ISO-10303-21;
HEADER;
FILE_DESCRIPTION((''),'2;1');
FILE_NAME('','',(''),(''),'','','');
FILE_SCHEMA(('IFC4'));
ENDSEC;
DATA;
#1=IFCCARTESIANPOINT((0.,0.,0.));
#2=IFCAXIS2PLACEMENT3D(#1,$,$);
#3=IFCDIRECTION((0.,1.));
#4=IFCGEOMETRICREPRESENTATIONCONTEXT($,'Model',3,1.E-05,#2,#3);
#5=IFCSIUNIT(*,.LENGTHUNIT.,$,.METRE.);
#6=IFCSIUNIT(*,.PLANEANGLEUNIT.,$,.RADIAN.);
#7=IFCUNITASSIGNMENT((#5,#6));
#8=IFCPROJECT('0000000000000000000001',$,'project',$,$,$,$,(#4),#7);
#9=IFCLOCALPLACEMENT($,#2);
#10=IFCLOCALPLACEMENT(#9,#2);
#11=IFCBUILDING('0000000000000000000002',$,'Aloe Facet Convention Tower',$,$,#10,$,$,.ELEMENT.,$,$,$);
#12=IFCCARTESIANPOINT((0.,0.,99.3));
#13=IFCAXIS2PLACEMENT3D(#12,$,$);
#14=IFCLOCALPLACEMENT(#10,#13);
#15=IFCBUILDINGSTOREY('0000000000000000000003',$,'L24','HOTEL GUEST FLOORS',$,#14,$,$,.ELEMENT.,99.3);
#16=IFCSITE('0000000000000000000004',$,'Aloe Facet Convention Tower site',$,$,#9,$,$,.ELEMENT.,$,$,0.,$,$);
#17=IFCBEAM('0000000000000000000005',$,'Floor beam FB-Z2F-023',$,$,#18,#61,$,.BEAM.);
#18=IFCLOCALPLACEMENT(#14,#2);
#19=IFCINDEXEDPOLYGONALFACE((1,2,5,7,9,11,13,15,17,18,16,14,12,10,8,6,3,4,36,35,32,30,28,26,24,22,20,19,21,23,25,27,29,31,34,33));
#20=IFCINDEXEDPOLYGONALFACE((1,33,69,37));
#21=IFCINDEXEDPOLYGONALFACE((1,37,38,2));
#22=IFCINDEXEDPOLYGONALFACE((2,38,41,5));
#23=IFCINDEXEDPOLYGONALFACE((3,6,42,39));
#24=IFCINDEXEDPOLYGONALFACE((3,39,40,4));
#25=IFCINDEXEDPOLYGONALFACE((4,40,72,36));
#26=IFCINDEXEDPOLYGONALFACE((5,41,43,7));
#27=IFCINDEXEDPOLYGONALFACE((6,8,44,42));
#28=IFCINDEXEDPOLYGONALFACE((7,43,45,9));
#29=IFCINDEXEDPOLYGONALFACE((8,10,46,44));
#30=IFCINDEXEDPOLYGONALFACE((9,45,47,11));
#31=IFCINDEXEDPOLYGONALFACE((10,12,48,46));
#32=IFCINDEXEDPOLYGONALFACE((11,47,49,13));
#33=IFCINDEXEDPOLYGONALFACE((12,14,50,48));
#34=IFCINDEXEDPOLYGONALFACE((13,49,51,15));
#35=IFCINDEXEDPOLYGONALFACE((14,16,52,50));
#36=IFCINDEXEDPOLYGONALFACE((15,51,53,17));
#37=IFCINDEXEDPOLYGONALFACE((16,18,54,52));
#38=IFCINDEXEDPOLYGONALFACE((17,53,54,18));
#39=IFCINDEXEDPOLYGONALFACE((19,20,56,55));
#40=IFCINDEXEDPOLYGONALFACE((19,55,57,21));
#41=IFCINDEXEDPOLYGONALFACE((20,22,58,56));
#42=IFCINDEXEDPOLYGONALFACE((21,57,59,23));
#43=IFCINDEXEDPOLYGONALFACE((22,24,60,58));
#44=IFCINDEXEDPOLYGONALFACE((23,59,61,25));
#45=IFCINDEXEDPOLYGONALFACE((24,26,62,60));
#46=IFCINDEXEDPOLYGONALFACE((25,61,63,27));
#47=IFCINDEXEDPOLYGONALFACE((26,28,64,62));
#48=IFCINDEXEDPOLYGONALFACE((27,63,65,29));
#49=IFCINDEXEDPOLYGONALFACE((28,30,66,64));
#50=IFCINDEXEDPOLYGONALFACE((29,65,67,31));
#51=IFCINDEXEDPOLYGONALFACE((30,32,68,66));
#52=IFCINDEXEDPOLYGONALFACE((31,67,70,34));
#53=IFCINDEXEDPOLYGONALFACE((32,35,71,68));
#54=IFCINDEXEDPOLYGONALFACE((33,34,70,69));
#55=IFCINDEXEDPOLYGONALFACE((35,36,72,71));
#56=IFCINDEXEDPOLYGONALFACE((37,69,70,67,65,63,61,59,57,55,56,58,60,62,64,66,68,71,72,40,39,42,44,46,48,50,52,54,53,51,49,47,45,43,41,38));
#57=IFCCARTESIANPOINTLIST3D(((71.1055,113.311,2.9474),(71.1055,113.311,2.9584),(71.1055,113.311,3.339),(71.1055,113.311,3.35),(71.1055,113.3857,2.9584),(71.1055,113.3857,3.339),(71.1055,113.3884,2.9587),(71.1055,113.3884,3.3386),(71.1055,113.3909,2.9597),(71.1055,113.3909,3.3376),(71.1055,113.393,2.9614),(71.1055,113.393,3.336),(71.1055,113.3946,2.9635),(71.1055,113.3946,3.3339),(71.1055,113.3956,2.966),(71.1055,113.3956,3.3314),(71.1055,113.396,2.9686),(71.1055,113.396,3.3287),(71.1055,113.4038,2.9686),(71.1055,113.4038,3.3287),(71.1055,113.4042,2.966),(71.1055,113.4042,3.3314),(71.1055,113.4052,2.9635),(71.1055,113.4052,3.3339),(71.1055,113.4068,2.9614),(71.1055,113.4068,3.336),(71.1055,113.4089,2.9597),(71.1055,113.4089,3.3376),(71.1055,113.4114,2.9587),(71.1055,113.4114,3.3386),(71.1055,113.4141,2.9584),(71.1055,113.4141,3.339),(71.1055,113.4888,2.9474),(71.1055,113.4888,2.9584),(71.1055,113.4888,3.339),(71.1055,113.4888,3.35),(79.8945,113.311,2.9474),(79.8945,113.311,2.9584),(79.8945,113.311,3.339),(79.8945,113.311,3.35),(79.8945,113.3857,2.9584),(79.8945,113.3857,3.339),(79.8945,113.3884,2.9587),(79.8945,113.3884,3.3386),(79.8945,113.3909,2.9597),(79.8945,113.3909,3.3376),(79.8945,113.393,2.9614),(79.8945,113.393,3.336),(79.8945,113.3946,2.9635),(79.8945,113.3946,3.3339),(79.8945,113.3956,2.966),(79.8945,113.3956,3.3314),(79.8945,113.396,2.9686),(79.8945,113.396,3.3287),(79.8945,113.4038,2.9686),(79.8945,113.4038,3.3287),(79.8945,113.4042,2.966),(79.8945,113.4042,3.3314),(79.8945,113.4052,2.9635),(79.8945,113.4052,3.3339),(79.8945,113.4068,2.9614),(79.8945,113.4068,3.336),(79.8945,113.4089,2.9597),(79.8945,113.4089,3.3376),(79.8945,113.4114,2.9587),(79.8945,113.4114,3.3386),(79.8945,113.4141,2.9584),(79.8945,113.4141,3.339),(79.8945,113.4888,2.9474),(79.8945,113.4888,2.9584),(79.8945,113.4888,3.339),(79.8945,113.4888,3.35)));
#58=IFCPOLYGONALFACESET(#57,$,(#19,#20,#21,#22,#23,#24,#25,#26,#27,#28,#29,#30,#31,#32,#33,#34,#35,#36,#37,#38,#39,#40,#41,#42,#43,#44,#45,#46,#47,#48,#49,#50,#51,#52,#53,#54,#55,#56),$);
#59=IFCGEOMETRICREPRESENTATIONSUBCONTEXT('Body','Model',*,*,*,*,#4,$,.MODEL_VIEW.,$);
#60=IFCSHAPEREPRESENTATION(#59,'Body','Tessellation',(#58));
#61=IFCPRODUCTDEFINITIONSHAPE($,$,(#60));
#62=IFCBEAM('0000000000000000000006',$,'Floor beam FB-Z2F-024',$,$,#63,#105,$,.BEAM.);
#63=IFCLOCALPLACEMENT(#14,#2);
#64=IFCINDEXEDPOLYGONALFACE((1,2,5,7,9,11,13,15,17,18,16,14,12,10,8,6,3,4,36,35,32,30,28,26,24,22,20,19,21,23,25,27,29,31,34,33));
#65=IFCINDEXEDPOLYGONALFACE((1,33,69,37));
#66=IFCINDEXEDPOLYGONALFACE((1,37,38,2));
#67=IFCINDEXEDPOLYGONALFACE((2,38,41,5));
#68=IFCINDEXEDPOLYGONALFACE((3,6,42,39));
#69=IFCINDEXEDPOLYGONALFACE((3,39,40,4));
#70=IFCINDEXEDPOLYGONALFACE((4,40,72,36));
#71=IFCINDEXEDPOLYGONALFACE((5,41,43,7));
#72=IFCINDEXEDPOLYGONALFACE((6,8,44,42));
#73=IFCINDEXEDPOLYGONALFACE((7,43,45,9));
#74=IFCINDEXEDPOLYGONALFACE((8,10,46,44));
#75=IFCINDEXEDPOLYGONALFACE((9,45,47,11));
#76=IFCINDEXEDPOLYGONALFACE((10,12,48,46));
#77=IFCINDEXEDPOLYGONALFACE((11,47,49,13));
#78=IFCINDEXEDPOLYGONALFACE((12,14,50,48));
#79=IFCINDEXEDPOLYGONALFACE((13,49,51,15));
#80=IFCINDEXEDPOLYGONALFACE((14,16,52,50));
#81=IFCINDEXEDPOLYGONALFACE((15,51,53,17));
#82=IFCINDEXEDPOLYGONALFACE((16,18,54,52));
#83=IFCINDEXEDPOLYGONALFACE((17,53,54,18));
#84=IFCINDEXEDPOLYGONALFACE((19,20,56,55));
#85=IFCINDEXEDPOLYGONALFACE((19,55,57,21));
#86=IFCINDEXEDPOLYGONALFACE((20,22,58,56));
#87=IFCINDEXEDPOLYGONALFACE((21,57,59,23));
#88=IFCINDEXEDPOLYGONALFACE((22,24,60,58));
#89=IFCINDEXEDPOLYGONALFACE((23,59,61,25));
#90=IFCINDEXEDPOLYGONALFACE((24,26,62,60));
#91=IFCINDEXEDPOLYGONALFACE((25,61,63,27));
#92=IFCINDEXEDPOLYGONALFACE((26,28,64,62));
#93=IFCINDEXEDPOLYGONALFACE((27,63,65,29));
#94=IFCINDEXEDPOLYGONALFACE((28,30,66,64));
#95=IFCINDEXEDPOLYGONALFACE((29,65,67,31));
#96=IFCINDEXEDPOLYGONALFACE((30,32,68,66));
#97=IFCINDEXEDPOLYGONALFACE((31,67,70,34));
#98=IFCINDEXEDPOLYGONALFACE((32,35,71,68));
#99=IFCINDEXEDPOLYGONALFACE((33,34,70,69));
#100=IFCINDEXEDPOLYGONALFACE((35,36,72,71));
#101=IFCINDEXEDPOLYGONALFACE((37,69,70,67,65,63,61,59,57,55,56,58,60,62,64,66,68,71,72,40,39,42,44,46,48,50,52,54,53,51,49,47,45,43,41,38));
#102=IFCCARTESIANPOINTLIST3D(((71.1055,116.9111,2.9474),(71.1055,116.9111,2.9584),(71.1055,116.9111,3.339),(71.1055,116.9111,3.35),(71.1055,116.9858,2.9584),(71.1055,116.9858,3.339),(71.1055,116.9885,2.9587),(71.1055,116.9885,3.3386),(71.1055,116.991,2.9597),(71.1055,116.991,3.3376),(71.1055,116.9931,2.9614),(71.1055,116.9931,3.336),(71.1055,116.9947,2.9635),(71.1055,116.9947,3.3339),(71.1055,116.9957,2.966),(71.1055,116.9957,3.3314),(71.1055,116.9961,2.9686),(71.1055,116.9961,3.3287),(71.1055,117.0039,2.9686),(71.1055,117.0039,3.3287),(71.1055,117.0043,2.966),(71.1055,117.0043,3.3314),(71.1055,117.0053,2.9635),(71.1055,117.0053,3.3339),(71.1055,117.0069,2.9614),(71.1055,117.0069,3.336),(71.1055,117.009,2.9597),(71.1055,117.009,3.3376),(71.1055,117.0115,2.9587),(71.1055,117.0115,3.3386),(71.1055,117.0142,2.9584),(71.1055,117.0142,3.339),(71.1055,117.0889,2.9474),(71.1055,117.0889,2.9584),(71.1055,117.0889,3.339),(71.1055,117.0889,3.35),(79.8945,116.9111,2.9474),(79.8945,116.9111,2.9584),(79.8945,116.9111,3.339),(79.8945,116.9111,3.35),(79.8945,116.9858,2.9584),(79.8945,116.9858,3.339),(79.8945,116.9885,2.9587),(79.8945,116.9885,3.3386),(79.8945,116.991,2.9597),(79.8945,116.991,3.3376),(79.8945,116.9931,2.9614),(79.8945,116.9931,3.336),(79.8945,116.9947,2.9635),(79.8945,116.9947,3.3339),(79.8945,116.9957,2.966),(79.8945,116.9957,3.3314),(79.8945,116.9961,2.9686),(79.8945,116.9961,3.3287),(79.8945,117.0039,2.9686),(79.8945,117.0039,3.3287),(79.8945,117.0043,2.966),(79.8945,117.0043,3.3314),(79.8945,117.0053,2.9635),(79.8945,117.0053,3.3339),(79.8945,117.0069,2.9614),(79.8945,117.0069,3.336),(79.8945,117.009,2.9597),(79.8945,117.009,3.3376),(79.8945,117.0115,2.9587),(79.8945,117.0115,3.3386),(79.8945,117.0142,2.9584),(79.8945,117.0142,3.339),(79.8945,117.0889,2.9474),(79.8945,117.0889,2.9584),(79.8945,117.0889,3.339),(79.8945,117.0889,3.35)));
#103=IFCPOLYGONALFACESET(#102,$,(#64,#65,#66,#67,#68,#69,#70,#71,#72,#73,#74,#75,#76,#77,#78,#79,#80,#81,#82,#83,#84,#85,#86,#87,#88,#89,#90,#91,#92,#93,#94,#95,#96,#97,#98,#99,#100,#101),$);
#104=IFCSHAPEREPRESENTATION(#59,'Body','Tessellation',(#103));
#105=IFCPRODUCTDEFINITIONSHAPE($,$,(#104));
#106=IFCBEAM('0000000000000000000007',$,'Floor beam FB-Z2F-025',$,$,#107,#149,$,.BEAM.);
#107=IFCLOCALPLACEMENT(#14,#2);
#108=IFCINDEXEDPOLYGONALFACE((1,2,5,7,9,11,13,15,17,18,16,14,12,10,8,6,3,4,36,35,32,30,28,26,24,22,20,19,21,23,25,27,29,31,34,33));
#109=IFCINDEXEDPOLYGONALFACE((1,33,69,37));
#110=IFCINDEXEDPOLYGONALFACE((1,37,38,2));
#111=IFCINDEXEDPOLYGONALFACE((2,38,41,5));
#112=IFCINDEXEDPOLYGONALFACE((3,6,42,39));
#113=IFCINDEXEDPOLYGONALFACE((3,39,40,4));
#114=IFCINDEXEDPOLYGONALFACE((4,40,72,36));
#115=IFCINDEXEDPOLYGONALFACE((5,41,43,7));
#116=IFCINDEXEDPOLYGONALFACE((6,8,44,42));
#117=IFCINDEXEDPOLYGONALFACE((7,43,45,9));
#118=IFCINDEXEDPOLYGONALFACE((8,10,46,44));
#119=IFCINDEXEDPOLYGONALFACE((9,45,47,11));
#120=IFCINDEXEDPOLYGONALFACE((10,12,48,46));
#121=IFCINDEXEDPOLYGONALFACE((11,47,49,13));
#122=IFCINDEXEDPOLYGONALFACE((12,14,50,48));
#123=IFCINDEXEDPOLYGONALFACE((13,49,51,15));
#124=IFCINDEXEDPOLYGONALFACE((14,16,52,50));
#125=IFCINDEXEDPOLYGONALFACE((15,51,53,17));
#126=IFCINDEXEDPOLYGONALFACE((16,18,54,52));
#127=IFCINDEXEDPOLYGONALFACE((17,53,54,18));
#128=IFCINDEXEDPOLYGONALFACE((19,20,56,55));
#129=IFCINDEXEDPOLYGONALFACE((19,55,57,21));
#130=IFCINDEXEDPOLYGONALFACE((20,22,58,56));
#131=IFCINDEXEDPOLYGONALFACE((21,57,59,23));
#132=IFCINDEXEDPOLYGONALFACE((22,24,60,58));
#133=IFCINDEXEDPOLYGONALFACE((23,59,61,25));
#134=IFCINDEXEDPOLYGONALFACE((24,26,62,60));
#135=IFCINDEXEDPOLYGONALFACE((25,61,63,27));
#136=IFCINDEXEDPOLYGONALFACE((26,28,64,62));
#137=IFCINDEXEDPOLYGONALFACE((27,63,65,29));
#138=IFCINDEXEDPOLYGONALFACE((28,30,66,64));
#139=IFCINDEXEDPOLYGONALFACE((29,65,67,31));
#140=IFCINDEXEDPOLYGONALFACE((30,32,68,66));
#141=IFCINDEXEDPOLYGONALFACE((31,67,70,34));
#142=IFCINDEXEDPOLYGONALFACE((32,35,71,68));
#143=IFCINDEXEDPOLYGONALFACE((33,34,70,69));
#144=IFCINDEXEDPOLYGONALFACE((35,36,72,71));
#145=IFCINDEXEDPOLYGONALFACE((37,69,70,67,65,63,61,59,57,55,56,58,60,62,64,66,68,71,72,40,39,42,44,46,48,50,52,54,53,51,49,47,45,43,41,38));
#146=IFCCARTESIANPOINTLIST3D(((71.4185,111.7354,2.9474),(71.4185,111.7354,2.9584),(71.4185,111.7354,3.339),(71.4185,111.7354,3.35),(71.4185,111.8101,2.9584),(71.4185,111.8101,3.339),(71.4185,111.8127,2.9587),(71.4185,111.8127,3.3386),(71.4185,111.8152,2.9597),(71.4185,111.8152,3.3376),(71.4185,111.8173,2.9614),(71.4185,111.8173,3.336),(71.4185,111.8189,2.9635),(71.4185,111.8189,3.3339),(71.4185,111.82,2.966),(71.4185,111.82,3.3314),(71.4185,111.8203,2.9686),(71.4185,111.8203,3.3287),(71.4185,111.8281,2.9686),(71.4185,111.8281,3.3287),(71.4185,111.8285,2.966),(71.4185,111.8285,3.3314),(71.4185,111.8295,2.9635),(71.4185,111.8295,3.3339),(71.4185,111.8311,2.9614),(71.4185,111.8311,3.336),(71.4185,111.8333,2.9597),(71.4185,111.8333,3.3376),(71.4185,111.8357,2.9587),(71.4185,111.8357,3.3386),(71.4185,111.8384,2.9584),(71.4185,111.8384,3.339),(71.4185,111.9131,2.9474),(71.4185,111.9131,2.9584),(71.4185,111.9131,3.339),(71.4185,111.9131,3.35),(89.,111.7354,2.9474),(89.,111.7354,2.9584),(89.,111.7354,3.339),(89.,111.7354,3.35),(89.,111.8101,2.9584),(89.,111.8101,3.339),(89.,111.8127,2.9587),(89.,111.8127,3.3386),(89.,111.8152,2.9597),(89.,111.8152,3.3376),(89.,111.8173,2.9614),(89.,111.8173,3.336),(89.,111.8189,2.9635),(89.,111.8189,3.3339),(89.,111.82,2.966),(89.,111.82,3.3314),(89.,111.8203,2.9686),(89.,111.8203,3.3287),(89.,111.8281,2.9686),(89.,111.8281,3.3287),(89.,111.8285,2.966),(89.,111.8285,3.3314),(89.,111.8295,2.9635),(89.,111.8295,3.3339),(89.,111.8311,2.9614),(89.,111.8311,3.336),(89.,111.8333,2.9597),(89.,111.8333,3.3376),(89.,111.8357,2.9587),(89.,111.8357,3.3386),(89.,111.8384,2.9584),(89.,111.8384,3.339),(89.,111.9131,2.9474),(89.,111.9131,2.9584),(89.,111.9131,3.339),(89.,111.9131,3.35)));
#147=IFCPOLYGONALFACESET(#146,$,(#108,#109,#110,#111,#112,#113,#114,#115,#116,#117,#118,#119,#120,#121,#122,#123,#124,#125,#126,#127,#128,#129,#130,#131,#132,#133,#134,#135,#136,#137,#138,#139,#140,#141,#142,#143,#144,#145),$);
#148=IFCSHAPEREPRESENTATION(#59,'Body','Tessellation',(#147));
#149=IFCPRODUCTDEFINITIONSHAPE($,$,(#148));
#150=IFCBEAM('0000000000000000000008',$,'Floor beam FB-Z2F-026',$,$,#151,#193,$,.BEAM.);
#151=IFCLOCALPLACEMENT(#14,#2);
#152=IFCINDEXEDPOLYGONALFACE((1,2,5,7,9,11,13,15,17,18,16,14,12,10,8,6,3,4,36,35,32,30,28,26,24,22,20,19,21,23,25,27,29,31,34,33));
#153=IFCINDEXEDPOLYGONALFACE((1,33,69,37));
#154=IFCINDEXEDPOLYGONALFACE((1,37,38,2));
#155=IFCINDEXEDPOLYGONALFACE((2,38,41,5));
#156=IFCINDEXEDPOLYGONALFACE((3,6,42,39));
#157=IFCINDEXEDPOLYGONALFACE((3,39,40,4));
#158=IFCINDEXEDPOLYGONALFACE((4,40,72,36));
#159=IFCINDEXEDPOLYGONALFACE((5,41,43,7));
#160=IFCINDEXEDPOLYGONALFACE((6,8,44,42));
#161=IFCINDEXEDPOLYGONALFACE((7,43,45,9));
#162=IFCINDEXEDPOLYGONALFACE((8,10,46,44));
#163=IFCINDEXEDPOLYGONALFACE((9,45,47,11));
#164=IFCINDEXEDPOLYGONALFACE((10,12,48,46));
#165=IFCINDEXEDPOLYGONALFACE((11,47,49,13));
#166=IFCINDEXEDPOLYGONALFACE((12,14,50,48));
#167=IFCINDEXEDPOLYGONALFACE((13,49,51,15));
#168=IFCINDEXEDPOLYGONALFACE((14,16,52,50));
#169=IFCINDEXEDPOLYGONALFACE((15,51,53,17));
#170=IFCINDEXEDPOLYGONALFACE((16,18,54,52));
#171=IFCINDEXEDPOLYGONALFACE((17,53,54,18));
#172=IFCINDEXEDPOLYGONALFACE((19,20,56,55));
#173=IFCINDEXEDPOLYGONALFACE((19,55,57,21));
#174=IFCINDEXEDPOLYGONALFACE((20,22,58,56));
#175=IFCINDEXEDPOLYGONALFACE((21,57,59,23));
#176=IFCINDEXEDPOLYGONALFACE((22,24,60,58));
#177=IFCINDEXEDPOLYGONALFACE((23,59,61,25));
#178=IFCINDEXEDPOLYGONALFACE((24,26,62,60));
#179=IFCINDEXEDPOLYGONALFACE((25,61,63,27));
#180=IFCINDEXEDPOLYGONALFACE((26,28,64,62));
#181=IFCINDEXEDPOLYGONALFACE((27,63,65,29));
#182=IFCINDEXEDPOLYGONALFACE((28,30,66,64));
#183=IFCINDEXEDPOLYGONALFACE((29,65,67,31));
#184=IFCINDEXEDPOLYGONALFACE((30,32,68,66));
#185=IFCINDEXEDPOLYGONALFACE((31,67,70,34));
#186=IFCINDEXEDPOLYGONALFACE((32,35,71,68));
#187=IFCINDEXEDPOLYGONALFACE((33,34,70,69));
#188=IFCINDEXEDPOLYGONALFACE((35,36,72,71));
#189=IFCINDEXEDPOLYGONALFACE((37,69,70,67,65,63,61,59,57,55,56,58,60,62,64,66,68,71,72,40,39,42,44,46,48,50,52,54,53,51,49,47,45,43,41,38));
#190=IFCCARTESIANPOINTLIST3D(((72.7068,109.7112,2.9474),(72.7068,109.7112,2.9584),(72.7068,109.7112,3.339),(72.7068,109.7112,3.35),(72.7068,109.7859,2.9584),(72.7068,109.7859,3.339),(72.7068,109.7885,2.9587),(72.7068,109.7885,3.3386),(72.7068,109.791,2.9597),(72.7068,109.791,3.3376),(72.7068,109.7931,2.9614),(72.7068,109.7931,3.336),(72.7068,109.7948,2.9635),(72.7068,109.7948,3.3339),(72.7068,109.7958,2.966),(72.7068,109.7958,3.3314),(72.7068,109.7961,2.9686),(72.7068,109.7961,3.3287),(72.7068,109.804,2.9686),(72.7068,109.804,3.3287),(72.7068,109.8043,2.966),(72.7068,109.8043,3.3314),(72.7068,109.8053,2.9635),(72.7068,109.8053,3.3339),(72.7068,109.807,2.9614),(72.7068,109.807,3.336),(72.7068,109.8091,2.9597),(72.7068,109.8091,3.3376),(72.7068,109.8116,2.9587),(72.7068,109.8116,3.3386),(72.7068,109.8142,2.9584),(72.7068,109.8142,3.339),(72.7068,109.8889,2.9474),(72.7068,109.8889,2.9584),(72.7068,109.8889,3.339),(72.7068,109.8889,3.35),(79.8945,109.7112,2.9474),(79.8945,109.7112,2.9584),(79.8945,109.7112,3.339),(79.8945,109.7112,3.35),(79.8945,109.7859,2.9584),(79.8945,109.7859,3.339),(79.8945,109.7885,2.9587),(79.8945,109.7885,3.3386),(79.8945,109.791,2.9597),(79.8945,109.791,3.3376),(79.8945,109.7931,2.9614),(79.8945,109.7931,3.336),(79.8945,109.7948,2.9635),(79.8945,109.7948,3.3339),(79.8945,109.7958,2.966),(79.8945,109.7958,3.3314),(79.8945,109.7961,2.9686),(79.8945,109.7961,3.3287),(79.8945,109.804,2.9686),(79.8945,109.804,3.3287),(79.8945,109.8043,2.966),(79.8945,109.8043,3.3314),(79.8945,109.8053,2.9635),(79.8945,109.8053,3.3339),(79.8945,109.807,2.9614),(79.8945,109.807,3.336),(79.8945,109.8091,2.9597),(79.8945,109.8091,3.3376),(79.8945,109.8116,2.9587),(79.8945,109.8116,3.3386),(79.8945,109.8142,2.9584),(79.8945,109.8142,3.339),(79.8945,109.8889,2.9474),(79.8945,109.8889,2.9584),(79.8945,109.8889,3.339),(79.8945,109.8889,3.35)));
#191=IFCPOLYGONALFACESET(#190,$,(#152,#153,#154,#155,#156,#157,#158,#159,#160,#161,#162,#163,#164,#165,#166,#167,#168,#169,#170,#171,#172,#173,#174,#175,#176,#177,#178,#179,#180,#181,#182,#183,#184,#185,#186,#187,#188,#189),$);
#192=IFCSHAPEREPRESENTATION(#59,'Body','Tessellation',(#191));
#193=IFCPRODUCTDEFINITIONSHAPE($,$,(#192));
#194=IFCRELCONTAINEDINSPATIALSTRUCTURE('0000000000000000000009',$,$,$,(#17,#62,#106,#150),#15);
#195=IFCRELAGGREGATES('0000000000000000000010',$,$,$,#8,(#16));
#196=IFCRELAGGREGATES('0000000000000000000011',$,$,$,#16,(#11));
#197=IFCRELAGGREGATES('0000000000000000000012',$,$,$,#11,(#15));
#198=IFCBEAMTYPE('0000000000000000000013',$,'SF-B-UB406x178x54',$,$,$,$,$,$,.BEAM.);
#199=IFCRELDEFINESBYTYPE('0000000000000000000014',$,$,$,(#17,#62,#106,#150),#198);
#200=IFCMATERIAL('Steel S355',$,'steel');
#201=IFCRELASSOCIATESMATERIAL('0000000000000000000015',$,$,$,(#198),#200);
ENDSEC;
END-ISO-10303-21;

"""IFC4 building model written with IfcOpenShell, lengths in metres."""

from ifc_helpers import new_model, si_unit, direction, frame, origin, origin_2d, place, context, subcontext, project, spatial, i_section, extrude, material, material_profile, profile_set, type_object, element, save


model = new_model("IFC4")

# Units and contexts
model_context = context("Model", 3, precision=1e-05, world=origin(), true_north=direction((0.0, 1.0)))
body_context = subcontext(model_context, "Body", "Model", "MODEL_VIEW")
ifc_project = project(units=[si_unit("LENGTHUNIT", "METRE"), si_unit("PLANEANGLEUNIT", "RADIAN")], contexts=[model_context])

# Site, building, storey
site_placement = place(None, origin())
site = spatial("IfcSite", under=ifc_project, at=site_placement, Name="Aloe Facet Convention Tower site", CompositionType="ELEMENT", RefElevation=0.0)
building_placement = place(site_placement, origin())
building = spatial("IfcBuilding", under=site, at=building_placement, Name="Aloe Facet Convention Tower", CompositionType="ELEMENT")
storey_placement = place(building_placement, frame((0.0, 0.0, 99.3)))
storey = spatial("IfcBuildingStorey", under=building, at=storey_placement, Name="L24", Description="HOTEL GUEST FLOORS", CompositionType="ELEMENT", Elevation=99.3)

# Beams
ifc_material_1 = material(Name="Steel S355", Category="steel")
ifc_material_profile_1 = material_profile(ifc_material_1, i_section(OverallWidth=0.1777, OverallDepth=0.4026, WebThickness=0.0078, FlangeThickness=0.011, FilletRadius=0.0103, at=origin_2d()), Name="UB 406x178x54")
ifc_profile_set_1 = profile_set([ifc_material_profile_1], Name="Steel S355")
beam_type_1 = type_object("IfcBeamType", Name="SF-B-UB406x178x54", PredefinedType="BEAM", material=ifc_profile_set_1)
for number, where, z_axis, x_axis, name in (
    (1, (71.1055, 113.3999, 3.1487), (1.0, 0.0, 0.0), (0.0, 1.0, 0.0), "Floor beam FB-Z2F-023"),
    (2, (71.1055, 117.0, 3.1487), (1.0, 0.0, 0.0), (0.0, 1.0, 0.0), "Floor beam FB-Z2F-024"),
):
    element("IfcBeam", number, at=place(storey_placement, frame(where, z_axis=z_axis, x_axis=x_axis)), inside=storey, type_object=beam_type_1, Name=name, PredefinedType="BEAM", context=body_context, shape_type="SweptSolid", body=[
        extrude(i_section(OverallWidth=0.1777, OverallDepth=0.4026, WebThickness=0.0078, FlangeThickness=0.011, FilletRadius=0.0103, at=origin_2d()), origin(), (0.0, 0.0, 1.0), 8.7891),
    ])
beam_1_placement = place(storey_placement, frame((71.4185, 111.8242, 3.1487), z_axis=(1.0, 0.0, 0.0), x_axis=(0.0, 1.0, 0.0)))
element("IfcBeam", 3, at=beam_1_placement, inside=storey, type_object=beam_type_1, Name="Floor beam FB-Z2F-025", PredefinedType="BEAM", context=body_context, shape_type="SweptSolid", body=[
    extrude(i_section(OverallWidth=0.1777, OverallDepth=0.4026, WebThickness=0.0078, FlangeThickness=0.011, FilletRadius=0.0103, at=origin_2d()), origin(), (0.0, 0.0, 1.0), 17.5815),
])
beam_2_placement = place(storey_placement, frame((72.7068, 109.8, 3.1487), z_axis=(1.0, 0.0, 0.0), x_axis=(0.0, 1.0, 0.0)))
element("IfcBeam", 4, at=beam_2_placement, inside=storey, type_object=beam_type_1, Name="Floor beam FB-Z2F-026", PredefinedType="BEAM", context=body_context, shape_type="SweptSolid", body=[
    extrude(i_section(OverallWidth=0.1777, OverallDepth=0.4026, WebThickness=0.0078, FlangeThickness=0.011, FilletRadius=0.0103, at=origin_2d()), origin(), (0.0, 0.0, 1.0), 7.1877),
])

save(model, "model.ifc")
